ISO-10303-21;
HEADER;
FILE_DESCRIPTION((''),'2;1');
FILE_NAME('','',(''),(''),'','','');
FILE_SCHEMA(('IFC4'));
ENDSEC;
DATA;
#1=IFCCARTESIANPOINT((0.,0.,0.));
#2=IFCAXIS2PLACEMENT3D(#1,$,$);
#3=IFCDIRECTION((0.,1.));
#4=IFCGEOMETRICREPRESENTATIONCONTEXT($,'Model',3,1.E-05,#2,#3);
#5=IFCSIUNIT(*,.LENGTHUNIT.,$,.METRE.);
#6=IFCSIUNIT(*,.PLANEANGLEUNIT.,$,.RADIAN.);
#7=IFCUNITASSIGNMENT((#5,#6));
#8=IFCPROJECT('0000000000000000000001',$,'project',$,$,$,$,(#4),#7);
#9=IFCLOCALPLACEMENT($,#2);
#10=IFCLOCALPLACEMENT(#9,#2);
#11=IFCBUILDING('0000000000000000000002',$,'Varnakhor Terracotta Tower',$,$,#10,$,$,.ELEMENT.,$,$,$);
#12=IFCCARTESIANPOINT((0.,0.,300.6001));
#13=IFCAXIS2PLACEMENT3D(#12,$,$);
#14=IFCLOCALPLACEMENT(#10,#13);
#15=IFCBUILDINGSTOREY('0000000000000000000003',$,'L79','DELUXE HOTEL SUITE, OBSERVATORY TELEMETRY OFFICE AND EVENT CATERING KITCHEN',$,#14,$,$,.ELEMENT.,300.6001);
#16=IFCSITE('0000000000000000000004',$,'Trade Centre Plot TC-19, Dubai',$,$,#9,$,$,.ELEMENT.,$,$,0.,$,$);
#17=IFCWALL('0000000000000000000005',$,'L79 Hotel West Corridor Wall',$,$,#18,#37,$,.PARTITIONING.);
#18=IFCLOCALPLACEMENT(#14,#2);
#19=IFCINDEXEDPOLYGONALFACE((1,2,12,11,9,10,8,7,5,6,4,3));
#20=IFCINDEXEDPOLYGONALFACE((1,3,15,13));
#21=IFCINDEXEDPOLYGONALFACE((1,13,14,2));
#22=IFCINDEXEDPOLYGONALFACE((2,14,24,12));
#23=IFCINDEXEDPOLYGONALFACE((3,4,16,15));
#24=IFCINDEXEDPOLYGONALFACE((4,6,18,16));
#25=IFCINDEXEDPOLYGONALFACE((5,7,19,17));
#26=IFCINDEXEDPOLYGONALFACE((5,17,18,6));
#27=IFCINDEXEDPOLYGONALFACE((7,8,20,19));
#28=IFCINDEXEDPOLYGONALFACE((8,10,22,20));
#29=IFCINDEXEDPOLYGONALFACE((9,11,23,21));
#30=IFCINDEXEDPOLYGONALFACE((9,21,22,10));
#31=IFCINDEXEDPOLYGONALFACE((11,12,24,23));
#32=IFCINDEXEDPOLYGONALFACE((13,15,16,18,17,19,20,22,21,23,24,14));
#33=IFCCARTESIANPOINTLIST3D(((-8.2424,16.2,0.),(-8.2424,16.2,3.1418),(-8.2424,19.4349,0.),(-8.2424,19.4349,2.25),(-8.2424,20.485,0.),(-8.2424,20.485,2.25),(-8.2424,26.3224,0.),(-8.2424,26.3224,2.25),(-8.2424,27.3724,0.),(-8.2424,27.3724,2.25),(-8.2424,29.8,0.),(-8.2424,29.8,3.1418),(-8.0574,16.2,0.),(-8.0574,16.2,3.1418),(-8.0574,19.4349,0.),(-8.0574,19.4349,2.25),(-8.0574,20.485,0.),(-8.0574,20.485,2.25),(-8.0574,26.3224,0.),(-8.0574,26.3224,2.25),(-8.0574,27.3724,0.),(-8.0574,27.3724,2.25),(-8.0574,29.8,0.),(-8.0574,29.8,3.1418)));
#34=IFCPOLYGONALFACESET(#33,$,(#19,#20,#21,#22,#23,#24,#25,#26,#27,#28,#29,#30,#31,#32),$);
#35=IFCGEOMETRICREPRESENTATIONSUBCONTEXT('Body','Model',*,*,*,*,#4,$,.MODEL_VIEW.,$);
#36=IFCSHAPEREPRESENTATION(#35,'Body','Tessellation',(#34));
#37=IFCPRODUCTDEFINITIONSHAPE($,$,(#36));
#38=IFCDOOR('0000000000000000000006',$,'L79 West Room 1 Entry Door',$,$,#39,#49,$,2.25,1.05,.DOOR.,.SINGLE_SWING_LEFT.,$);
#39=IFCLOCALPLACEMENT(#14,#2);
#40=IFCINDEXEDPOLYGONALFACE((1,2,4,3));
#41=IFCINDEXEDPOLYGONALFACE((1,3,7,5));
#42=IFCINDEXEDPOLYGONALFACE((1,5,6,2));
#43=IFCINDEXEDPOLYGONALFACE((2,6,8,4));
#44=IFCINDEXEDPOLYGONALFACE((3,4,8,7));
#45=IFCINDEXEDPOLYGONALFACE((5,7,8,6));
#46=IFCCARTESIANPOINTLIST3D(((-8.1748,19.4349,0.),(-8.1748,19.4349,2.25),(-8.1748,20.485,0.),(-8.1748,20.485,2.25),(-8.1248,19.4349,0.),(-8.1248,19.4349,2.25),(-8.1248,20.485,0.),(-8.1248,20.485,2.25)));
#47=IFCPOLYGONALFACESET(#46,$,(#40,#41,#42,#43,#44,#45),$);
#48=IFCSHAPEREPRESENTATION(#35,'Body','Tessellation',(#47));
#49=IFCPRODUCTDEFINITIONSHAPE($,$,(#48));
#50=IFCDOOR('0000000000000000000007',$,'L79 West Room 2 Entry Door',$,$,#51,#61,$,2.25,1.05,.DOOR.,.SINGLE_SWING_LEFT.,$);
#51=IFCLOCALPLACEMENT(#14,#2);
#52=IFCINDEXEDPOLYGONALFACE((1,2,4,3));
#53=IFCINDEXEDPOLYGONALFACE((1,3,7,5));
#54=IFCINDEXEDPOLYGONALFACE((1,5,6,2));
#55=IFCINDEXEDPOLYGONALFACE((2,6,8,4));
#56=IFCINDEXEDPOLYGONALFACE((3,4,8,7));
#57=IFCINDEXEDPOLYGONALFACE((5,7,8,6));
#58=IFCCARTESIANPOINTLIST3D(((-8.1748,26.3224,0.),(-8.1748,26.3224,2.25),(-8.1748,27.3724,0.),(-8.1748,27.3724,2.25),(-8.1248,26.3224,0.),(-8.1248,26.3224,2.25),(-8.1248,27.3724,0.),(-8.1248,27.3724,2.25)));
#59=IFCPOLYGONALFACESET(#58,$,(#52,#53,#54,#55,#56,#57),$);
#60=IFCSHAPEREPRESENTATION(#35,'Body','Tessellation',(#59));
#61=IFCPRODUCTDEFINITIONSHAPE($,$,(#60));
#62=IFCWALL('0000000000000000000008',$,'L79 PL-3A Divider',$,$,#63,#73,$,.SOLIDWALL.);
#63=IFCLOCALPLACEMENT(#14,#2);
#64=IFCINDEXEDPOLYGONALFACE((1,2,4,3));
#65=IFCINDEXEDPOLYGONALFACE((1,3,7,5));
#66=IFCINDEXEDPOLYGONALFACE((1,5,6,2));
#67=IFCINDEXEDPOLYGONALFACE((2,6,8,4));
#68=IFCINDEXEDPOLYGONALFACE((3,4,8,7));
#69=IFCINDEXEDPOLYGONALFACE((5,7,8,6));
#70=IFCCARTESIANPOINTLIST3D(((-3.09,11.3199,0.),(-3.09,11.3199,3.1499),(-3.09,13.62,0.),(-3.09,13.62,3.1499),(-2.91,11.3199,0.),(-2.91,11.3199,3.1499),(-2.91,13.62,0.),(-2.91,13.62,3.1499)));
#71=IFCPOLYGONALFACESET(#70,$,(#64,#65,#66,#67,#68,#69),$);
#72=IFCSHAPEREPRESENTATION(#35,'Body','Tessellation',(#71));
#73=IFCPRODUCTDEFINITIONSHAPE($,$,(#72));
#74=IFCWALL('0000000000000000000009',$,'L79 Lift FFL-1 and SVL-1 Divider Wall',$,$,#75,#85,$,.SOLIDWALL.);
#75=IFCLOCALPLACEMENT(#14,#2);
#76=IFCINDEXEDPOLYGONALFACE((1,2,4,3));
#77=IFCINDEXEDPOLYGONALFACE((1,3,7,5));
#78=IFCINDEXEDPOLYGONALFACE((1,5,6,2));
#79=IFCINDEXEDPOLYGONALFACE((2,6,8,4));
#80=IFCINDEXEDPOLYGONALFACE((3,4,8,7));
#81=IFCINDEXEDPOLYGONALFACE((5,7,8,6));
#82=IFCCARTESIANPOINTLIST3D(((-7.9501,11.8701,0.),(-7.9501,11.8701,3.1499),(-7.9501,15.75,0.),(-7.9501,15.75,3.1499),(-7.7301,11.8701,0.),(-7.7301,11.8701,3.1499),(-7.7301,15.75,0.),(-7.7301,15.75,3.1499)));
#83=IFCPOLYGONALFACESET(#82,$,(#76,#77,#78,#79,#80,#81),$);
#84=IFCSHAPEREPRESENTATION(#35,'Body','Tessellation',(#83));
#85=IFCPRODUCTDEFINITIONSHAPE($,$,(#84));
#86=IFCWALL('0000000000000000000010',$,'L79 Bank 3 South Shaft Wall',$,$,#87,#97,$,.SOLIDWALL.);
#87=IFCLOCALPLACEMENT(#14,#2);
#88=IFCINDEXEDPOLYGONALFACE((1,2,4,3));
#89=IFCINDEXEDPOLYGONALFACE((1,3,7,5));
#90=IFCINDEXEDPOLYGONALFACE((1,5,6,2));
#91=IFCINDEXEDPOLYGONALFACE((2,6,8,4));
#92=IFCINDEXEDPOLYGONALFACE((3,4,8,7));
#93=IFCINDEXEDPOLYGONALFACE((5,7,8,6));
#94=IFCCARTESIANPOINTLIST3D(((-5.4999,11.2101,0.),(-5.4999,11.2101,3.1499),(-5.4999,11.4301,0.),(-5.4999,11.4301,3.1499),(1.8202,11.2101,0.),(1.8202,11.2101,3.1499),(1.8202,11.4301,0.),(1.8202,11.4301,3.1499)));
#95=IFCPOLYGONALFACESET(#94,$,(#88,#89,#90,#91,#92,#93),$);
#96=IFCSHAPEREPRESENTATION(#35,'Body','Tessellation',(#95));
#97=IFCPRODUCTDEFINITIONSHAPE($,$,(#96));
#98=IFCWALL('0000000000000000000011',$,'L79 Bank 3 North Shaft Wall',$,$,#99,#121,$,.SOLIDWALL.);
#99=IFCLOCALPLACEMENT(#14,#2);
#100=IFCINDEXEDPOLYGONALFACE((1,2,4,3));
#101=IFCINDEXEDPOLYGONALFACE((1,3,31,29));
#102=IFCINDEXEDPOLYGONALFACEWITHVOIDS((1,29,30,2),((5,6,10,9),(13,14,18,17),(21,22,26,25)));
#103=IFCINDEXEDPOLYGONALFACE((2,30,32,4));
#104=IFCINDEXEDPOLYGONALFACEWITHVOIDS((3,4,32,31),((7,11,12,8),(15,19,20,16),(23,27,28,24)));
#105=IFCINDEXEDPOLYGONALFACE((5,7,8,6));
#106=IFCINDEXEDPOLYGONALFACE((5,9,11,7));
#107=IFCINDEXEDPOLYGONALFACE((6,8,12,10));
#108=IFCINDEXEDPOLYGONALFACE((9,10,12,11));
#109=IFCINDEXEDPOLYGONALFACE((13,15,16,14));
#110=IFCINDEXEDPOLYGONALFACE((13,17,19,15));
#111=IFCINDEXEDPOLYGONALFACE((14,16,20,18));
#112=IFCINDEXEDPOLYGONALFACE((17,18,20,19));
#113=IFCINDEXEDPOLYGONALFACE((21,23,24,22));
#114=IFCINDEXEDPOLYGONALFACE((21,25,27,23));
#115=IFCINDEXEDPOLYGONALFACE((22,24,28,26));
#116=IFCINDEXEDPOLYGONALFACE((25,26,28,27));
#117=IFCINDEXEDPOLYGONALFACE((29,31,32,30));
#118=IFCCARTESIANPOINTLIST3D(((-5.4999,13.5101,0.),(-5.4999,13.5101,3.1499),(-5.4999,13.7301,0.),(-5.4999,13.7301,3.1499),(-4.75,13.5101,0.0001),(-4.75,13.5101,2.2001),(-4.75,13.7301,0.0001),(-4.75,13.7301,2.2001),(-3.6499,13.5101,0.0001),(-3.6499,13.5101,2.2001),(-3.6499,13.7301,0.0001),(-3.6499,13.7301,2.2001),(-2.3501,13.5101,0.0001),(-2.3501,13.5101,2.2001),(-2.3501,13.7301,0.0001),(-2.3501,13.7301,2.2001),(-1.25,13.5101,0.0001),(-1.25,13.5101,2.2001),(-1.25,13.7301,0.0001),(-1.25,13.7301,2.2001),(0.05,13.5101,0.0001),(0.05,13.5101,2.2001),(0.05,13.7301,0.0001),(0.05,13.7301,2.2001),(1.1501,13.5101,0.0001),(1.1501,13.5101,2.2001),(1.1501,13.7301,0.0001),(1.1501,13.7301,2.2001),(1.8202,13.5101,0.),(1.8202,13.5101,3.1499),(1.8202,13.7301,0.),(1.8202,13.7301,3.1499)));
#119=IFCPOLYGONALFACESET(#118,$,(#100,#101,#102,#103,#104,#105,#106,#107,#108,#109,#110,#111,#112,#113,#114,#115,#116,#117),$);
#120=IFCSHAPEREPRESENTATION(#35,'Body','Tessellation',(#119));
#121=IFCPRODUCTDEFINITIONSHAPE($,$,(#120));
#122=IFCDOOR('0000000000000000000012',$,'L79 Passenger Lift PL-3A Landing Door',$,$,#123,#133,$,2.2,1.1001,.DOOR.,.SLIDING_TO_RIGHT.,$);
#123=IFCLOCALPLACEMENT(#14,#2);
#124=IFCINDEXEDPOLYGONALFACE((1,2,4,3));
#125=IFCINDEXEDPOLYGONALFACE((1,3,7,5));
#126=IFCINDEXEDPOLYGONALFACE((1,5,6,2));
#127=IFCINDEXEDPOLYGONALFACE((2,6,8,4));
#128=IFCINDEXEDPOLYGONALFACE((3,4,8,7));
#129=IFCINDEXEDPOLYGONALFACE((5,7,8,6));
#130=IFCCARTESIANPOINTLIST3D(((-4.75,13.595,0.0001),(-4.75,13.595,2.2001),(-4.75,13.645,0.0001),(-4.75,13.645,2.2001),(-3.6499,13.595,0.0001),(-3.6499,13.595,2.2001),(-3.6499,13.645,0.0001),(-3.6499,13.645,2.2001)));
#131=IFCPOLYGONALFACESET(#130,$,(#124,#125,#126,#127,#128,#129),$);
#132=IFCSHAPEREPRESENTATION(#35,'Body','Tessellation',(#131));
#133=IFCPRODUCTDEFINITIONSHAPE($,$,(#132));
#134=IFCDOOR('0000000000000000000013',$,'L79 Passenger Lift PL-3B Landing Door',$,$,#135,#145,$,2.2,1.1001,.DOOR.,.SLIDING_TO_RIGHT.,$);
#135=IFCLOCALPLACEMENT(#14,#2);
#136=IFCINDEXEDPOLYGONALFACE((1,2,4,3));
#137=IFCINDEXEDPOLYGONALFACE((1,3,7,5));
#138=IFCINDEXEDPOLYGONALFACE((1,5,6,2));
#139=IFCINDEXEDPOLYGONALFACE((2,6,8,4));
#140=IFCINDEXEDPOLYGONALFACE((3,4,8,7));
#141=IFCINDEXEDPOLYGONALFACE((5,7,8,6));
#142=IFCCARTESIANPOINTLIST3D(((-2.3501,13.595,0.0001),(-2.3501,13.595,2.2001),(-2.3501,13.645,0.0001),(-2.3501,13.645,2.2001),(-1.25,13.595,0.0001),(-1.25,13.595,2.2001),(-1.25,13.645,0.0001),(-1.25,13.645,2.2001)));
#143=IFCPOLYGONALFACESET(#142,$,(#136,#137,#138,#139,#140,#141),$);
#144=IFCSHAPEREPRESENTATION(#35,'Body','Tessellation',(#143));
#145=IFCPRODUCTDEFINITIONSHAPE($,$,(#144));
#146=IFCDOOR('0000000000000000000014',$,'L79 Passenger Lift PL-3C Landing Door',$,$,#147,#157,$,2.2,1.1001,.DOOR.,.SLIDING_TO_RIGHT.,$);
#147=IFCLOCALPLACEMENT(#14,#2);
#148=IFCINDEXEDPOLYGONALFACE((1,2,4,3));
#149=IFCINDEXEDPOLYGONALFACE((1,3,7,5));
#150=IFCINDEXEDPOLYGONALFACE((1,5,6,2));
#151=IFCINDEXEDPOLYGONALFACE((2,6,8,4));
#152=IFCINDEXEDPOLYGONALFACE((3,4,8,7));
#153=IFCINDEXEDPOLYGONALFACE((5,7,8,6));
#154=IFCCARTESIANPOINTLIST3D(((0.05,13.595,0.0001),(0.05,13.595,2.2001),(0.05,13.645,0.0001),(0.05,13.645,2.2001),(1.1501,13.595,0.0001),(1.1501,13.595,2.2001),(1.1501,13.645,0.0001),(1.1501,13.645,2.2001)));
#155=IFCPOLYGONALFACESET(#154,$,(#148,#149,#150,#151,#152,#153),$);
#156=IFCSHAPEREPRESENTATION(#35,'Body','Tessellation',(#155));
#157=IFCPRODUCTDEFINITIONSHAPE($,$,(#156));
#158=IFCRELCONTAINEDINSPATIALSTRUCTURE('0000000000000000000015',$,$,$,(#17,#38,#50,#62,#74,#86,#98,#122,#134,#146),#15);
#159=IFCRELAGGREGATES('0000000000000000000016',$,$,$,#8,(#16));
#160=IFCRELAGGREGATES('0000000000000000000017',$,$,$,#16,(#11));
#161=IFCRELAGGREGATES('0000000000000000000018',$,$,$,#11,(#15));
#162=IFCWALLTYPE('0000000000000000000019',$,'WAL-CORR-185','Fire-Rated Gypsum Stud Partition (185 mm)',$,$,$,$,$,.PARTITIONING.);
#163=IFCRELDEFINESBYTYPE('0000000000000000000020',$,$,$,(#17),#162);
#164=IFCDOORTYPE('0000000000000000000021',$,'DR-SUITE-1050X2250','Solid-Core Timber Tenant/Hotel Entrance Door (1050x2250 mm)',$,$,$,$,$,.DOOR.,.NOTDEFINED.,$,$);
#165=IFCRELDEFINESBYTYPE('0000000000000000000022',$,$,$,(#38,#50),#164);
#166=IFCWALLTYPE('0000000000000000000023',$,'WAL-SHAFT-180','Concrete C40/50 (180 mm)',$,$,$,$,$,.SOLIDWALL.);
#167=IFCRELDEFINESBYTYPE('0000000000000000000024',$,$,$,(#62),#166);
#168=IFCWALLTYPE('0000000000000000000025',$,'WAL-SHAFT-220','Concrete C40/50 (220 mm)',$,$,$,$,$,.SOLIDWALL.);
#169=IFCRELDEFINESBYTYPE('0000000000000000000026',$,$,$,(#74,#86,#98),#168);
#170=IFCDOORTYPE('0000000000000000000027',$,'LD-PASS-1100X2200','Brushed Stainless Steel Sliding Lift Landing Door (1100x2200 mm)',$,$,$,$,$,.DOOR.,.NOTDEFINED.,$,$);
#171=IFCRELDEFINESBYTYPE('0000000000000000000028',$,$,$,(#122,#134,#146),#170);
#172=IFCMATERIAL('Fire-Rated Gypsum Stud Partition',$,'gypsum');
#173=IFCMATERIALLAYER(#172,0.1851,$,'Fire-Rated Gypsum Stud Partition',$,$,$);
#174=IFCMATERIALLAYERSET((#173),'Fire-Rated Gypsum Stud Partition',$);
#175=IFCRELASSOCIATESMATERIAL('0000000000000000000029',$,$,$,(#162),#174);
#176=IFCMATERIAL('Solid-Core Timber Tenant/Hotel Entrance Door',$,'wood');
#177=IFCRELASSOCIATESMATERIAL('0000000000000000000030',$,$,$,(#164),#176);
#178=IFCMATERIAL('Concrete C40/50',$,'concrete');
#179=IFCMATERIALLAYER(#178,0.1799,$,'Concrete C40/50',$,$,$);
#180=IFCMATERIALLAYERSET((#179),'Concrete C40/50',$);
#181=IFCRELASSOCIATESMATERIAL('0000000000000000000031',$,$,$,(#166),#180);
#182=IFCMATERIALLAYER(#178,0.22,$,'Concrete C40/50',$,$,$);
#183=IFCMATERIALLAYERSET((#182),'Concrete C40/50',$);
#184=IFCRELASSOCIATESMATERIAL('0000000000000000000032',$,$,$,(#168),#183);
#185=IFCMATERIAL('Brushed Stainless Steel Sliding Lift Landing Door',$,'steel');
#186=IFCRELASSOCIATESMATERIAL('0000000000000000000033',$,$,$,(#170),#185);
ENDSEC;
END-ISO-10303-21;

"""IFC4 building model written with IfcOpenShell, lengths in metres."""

from ifc_helpers import new_model, si_unit, direction, frame, frame_2d, origin, place, context, subcontext, project, spatial, rectangle, extrude, source, transform, mapped, material, layer, layer_set, type_object, type_shapes, element, fill, save


model = new_model("IFC4")

# Units and contexts
model_context = context("Model", 3, precision=1e-05, world=origin(), true_north=direction((0.0, 1.0)))
body_context = subcontext(model_context, "Body", "Model", "MODEL_VIEW")
ifc_project = project(units=[si_unit("LENGTHUNIT", "METRE"), si_unit("PLANEANGLEUNIT", "RADIAN")], contexts=[model_context])

# Site, building, storey
site_placement = place(None, origin())
site = spatial("IfcSite", under=ifc_project, at=site_placement, Name="Trade Centre Plot TC-19, Dubai", CompositionType="ELEMENT", RefElevation=0.0)
building_placement = place(site_placement, origin())
building = spatial("IfcBuilding", under=site, at=building_placement, Name="Varnakhor Terracotta Tower", CompositionType="ELEMENT")
storey_placement = place(building_placement, frame((0.0, 0.0, 300.6001)))
storey = spatial("IfcBuildingStorey", under=building, at=storey_placement, Name="L79", Description="DELUXE HOTEL SUITE, OBSERVATORY TELEMETRY OFFICE AND EVENT CATERING KITCHEN", CompositionType="ELEMENT", Elevation=300.6001)

# Shared definitions
ifc_material_1 = material(Name="Fire-Rated Gypsum Stud Partition", Category="gypsum")
ifc_layer_1 = layer(ifc_material_1, 0.1851, Name="Fire-Rated Gypsum Stud Partition")
ifc_layer_set_1 = layer_set([ifc_layer_1], Name="Fire-Rated Gypsum Stud Partition")
wall_type_1 = type_object("IfcWallType", Name="WAL-CORR-185", Description="Fire-Rated Gypsum Stud Partition (185 mm)", PredefinedType="PARTITIONING", material=ifc_layer_set_1)

# Wall, openings, doors
wall_1_placement = place(storey_placement, frame((-8.1499, 16.2, 0.0), z_axis=(0.0, 0.0, 1.0), x_axis=(0.0, 1.0, 0.0)))
wall_1 = element("IfcWall", 1, at=wall_1_placement, inside=storey, type_object=wall_type_1, Name="L79 Hotel West Corridor Wall", PredefinedType="PARTITIONING", context=body_context, shape_type="SweptSolid", body=[
    extrude(rectangle(XDim=13.6001, YDim=0.1851, at=frame_2d((6.8, 0.0))), origin(), (0.0, 0.0, 1.0), 3.1418),
])
opening_1_placement = place(wall_1_placement, frame((3.2351, 0.0, 0.0)))
opening_1 = element("IfcOpeningElement", 2, at=opening_1_placement, cuts=wall_1, PredefinedType="OPENING", context=body_context, shape_type="SweptSolid", body=[
    extrude(rectangle(XDim=1.05, YDim=2.25, at=frame_2d((0.5249, 1.125))), frame((0.0, 0.1025, 0.0), z_axis=(0.0, -1.0, 0.0), x_axis=(1.0, 0.0, 0.0)), (0.0, 0.0, 1.0), 0.2051),
])
opening_2_placement = place(wall_1_placement, frame((10.1226, 0.0, 0.0)))
opening_2 = element("IfcOpeningElement", 3, at=opening_2_placement, cuts=wall_1, PredefinedType="OPENING", context=body_context, shape_type="SweptSolid", body=[
    extrude(rectangle(XDim=1.05, YDim=2.25, at=frame_2d((0.5249, 1.125))), frame((0.0, 0.1025, 0.0), z_axis=(0.0, -1.0, 0.0), x_axis=(1.0, 0.0, 0.0)), (0.0, 0.0, 1.0), 0.2051),
])
ifc_material_2 = material(Name="Solid-Core Timber Tenant/Hotel Entrance Door", Category="wood")
door_type_1 = type_object("IfcDoorType", Name="DR-SUITE-1050X2250", Description="Solid-Core Timber Tenant/Hotel Entrance Door (1050x2250 mm)", OperationType="NOTDEFINED", PredefinedType="DOOR", material=ifc_material_2)
shared_shape_1 = source(origin(), body_context, "Body", "SweptSolid", [
    extrude(rectangle(XDim=1.05, YDim=2.25, at=frame_2d((0.5249, 1.125))), frame((0.0, 0.0249, 0.0), z_axis=(0.0, -1.0, 0.0), x_axis=(1.0, 0.0, 0.0)), (0.0, 0.0, 1.0), 0.05),
])
type_shapes(door_type_1, [shared_shape_1])
door_1_placement = place(opening_1_placement, origin())
door_1 = element("IfcDoor", 4, at=door_1_placement, inside=storey, type_object=door_type_1, Name="L79 West Room 1 Entry Door", OperationType="SINGLE_SWING_LEFT", OverallHeight=2.25, OverallWidth=1.05, PredefinedType="DOOR", context=body_context, shape_type="MappedRepresentation", body=[
    mapped(shared_shape_1, transform((0.0, 0.0, 0.0), scale=1.0)),
])
fill(opening_1, door_1)
door_2_placement = place(opening_2_placement, origin())
door_2 = element("IfcDoor", 5, at=door_2_placement, inside=storey, type_object=door_type_1, Name="L79 West Room 2 Entry Door", OperationType="SINGLE_SWING_LEFT", OverallHeight=2.25, OverallWidth=1.05, PredefinedType="DOOR", context=body_context, shape_type="MappedRepresentation", body=[
    mapped(shared_shape_1, transform((0.0, 0.0, 0.0), scale=1.0)),
])
fill(opening_2, door_2)

# Walls
ifc_material_3 = material(Name="Concrete C40/50", Category="concrete")
ifc_layer_2 = layer(ifc_material_3, 0.1799, Name="Concrete C40/50")
ifc_layer_set_2 = layer_set([ifc_layer_2], Name="Concrete C40/50")
wall_type_2 = type_object("IfcWallType", Name="WAL-SHAFT-180", Description="Concrete C40/50 (180 mm)", PredefinedType="SOLIDWALL", material=ifc_layer_set_2)
wall_2_placement = place(storey_placement, frame((-3.0, 11.3201, 0.0), z_axis=(0.0, 0.0, 1.0), x_axis=(0.0, 1.0, 0.0)))
element("IfcWall", 6, at=wall_2_placement, inside=storey, type_object=wall_type_2, Name="L79 PL-3A Divider", PredefinedType="SOLIDWALL", context=body_context, shape_type="SweptSolid", body=[
    extrude(rectangle(XDim=2.3, YDim=0.1799, at=frame_2d((1.1499, 0.0))), origin(), (0.0, 0.0, 1.0), 3.1499),
])
ifc_layer_3 = layer(ifc_material_3, 0.22, Name="Concrete C40/50")
ifc_layer_set_3 = layer_set([ifc_layer_3], Name="Concrete C40/50")
wall_type_3 = type_object("IfcWallType", Name="WAL-SHAFT-220", Description="Concrete C40/50 (220 mm)", PredefinedType="SOLIDWALL", material=ifc_layer_set_3)
wall_3_placement = place(storey_placement, frame((-7.8401, 11.8701, 0.0), z_axis=(0.0, 0.0, 1.0), x_axis=(0.0, 1.0, 0.0)))
element("IfcWall", 7, at=wall_3_placement, inside=storey, type_object=wall_type_3, Name="L79 Lift FFL-1 and SVL-1 Divider Wall", PredefinedType="SOLIDWALL", context=body_context, shape_type="SweptSolid", body=[
    extrude(rectangle(XDim=3.8799, YDim=0.22, at=frame_2d((1.9399, 0.0))), origin(), (0.0, 0.0, 1.0), 3.1499),
])
wall_4_placement = place(storey_placement, frame((-5.5, 11.3201, 0.0), z_axis=(0.0, 0.0, 1.0), x_axis=(1.0, 0.0, 0.0)))
element("IfcWall", 8, at=wall_4_placement, inside=storey, type_object=wall_type_3, Name="L79 Bank 3 South Shaft Wall", PredefinedType="SOLIDWALL", context=body_context, shape_type="SweptSolid", body=[
    extrude(rectangle(XDim=7.3201, YDim=0.22, at=frame_2d((3.6602, 0.0))), origin(), (0.0, 0.0, 1.0), 3.1499),
])

# Wall, openings, doors
wall_5_placement = place(storey_placement, frame((-5.5, 13.6201, 0.0), z_axis=(0.0, 0.0, 1.0), x_axis=(1.0, 0.0, 0.0)))
wall_5 = element("IfcWall", 9, at=wall_5_placement, inside=storey, type_object=wall_type_3, Name="L79 Bank 3 North Shaft Wall", PredefinedType="SOLIDWALL", context=body_context, shape_type="SweptSolid", body=[
    extrude(rectangle(XDim=7.3201, YDim=0.22, at=frame_2d((3.6602, 0.0))), origin(), (0.0, 0.0, 1.0), 3.1499),
])
opening_3_placement = place(wall_5_placement, frame((0.75, 0.0, 0.0)))
opening_3 = element("IfcOpeningElement", 10, at=opening_3_placement, cuts=wall_5, PredefinedType="OPENING", context=body_context, shape_type="SweptSolid", body=[
    extrude(rectangle(XDim=1.1001, YDim=2.2, at=frame_2d((0.55, 1.1001))), frame((0.0, 0.1201, 0.0), z_axis=(0.0, -1.0, 0.0), x_axis=(1.0, 0.0, 0.0)), (0.0, 0.0, 1.0), 0.24),
])
opening_4_placement = place(wall_5_placement, frame((3.1499, 0.0, 0.0)))
opening_4 = element("IfcOpeningElement", 11, at=opening_4_placement, cuts=wall_5, PredefinedType="OPENING", context=body_context, shape_type="SweptSolid", body=[
    extrude(rectangle(XDim=1.1001, YDim=2.2, at=frame_2d((0.55, 1.1001))), frame((0.0, 0.1201, 0.0), z_axis=(0.0, -1.0, 0.0), x_axis=(1.0, 0.0, 0.0)), (0.0, 0.0, 1.0), 0.24),
])
opening_5_placement = place(wall_5_placement, frame((5.55, 0.0, 0.0)))
opening_5 = element("IfcOpeningElement", 12, at=opening_5_placement, cuts=wall_5, PredefinedType="OPENING", context=body_context, shape_type="SweptSolid", body=[
    extrude(rectangle(XDim=1.1001, YDim=2.2, at=frame_2d((0.55, 1.1001))), frame((0.0, 0.1201, 0.0), z_axis=(0.0, -1.0, 0.0), x_axis=(1.0, 0.0, 0.0)), (0.0, 0.0, 1.0), 0.24),
])
ifc_material_4 = material(Name="Brushed Stainless Steel Sliding Lift Landing Door", Category="steel")
door_type_2 = type_object("IfcDoorType", Name="LD-PASS-1100X2200", Description="Brushed Stainless Steel Sliding Lift Landing Door (1100x2200 mm)", OperationType="NOTDEFINED", PredefinedType="DOOR", material=ifc_material_4)
shared_shape_2 = source(origin(), body_context, "Body", "SweptSolid", [
    extrude(rectangle(XDim=1.1001, YDim=2.2, at=frame_2d((0.55, 1.1001))), frame((0.0, 0.0249, 0.0), z_axis=(0.0, -1.0, 0.0), x_axis=(1.0, 0.0, 0.0)), (0.0, 0.0, 1.0), 0.05),
])
type_shapes(door_type_2, [shared_shape_2])
door_3_placement = place(opening_3_placement, origin())
door_3 = element("IfcDoor", 13, at=door_3_placement, inside=storey, type_object=door_type_2, Name="L79 Passenger Lift PL-3A Landing Door", OperationType="SLIDING_TO_RIGHT", OverallHeight=2.2, OverallWidth=1.1001, PredefinedType="DOOR", context=body_context, shape_type="MappedRepresentation", body=[
    mapped(shared_shape_2, transform((0.0, 0.0, 0.0), scale=1.0)),
])
fill(opening_3, door_3)
door_4_placement = place(opening_4_placement, origin())
door_4 = element("IfcDoor", 14, at=door_4_placement, inside=storey, type_object=door_type_2, Name="L79 Passenger Lift PL-3B Landing Door", OperationType="SLIDING_TO_RIGHT", OverallHeight=2.2, OverallWidth=1.1001, PredefinedType="DOOR", context=body_context, shape_type="MappedRepresentation", body=[
    mapped(shared_shape_2, transform((0.0, 0.0, 0.0), scale=1.0)),
])
fill(opening_4, door_4)
door_5_placement = place(opening_5_placement, origin())
door_5 = element("IfcDoor", 15, at=door_5_placement, inside=storey, type_object=door_type_2, Name="L79 Passenger Lift PL-3C Landing Door", OperationType="SLIDING_TO_RIGHT", OverallHeight=2.2, OverallWidth=1.1001, PredefinedType="DOOR", context=body_context, shape_type="MappedRepresentation", body=[
    mapped(shared_shape_2, transform((0.0, 0.0, 0.0), scale=1.0)),
])
fill(opening_5, door_5)

save(model, "model.ifc")
